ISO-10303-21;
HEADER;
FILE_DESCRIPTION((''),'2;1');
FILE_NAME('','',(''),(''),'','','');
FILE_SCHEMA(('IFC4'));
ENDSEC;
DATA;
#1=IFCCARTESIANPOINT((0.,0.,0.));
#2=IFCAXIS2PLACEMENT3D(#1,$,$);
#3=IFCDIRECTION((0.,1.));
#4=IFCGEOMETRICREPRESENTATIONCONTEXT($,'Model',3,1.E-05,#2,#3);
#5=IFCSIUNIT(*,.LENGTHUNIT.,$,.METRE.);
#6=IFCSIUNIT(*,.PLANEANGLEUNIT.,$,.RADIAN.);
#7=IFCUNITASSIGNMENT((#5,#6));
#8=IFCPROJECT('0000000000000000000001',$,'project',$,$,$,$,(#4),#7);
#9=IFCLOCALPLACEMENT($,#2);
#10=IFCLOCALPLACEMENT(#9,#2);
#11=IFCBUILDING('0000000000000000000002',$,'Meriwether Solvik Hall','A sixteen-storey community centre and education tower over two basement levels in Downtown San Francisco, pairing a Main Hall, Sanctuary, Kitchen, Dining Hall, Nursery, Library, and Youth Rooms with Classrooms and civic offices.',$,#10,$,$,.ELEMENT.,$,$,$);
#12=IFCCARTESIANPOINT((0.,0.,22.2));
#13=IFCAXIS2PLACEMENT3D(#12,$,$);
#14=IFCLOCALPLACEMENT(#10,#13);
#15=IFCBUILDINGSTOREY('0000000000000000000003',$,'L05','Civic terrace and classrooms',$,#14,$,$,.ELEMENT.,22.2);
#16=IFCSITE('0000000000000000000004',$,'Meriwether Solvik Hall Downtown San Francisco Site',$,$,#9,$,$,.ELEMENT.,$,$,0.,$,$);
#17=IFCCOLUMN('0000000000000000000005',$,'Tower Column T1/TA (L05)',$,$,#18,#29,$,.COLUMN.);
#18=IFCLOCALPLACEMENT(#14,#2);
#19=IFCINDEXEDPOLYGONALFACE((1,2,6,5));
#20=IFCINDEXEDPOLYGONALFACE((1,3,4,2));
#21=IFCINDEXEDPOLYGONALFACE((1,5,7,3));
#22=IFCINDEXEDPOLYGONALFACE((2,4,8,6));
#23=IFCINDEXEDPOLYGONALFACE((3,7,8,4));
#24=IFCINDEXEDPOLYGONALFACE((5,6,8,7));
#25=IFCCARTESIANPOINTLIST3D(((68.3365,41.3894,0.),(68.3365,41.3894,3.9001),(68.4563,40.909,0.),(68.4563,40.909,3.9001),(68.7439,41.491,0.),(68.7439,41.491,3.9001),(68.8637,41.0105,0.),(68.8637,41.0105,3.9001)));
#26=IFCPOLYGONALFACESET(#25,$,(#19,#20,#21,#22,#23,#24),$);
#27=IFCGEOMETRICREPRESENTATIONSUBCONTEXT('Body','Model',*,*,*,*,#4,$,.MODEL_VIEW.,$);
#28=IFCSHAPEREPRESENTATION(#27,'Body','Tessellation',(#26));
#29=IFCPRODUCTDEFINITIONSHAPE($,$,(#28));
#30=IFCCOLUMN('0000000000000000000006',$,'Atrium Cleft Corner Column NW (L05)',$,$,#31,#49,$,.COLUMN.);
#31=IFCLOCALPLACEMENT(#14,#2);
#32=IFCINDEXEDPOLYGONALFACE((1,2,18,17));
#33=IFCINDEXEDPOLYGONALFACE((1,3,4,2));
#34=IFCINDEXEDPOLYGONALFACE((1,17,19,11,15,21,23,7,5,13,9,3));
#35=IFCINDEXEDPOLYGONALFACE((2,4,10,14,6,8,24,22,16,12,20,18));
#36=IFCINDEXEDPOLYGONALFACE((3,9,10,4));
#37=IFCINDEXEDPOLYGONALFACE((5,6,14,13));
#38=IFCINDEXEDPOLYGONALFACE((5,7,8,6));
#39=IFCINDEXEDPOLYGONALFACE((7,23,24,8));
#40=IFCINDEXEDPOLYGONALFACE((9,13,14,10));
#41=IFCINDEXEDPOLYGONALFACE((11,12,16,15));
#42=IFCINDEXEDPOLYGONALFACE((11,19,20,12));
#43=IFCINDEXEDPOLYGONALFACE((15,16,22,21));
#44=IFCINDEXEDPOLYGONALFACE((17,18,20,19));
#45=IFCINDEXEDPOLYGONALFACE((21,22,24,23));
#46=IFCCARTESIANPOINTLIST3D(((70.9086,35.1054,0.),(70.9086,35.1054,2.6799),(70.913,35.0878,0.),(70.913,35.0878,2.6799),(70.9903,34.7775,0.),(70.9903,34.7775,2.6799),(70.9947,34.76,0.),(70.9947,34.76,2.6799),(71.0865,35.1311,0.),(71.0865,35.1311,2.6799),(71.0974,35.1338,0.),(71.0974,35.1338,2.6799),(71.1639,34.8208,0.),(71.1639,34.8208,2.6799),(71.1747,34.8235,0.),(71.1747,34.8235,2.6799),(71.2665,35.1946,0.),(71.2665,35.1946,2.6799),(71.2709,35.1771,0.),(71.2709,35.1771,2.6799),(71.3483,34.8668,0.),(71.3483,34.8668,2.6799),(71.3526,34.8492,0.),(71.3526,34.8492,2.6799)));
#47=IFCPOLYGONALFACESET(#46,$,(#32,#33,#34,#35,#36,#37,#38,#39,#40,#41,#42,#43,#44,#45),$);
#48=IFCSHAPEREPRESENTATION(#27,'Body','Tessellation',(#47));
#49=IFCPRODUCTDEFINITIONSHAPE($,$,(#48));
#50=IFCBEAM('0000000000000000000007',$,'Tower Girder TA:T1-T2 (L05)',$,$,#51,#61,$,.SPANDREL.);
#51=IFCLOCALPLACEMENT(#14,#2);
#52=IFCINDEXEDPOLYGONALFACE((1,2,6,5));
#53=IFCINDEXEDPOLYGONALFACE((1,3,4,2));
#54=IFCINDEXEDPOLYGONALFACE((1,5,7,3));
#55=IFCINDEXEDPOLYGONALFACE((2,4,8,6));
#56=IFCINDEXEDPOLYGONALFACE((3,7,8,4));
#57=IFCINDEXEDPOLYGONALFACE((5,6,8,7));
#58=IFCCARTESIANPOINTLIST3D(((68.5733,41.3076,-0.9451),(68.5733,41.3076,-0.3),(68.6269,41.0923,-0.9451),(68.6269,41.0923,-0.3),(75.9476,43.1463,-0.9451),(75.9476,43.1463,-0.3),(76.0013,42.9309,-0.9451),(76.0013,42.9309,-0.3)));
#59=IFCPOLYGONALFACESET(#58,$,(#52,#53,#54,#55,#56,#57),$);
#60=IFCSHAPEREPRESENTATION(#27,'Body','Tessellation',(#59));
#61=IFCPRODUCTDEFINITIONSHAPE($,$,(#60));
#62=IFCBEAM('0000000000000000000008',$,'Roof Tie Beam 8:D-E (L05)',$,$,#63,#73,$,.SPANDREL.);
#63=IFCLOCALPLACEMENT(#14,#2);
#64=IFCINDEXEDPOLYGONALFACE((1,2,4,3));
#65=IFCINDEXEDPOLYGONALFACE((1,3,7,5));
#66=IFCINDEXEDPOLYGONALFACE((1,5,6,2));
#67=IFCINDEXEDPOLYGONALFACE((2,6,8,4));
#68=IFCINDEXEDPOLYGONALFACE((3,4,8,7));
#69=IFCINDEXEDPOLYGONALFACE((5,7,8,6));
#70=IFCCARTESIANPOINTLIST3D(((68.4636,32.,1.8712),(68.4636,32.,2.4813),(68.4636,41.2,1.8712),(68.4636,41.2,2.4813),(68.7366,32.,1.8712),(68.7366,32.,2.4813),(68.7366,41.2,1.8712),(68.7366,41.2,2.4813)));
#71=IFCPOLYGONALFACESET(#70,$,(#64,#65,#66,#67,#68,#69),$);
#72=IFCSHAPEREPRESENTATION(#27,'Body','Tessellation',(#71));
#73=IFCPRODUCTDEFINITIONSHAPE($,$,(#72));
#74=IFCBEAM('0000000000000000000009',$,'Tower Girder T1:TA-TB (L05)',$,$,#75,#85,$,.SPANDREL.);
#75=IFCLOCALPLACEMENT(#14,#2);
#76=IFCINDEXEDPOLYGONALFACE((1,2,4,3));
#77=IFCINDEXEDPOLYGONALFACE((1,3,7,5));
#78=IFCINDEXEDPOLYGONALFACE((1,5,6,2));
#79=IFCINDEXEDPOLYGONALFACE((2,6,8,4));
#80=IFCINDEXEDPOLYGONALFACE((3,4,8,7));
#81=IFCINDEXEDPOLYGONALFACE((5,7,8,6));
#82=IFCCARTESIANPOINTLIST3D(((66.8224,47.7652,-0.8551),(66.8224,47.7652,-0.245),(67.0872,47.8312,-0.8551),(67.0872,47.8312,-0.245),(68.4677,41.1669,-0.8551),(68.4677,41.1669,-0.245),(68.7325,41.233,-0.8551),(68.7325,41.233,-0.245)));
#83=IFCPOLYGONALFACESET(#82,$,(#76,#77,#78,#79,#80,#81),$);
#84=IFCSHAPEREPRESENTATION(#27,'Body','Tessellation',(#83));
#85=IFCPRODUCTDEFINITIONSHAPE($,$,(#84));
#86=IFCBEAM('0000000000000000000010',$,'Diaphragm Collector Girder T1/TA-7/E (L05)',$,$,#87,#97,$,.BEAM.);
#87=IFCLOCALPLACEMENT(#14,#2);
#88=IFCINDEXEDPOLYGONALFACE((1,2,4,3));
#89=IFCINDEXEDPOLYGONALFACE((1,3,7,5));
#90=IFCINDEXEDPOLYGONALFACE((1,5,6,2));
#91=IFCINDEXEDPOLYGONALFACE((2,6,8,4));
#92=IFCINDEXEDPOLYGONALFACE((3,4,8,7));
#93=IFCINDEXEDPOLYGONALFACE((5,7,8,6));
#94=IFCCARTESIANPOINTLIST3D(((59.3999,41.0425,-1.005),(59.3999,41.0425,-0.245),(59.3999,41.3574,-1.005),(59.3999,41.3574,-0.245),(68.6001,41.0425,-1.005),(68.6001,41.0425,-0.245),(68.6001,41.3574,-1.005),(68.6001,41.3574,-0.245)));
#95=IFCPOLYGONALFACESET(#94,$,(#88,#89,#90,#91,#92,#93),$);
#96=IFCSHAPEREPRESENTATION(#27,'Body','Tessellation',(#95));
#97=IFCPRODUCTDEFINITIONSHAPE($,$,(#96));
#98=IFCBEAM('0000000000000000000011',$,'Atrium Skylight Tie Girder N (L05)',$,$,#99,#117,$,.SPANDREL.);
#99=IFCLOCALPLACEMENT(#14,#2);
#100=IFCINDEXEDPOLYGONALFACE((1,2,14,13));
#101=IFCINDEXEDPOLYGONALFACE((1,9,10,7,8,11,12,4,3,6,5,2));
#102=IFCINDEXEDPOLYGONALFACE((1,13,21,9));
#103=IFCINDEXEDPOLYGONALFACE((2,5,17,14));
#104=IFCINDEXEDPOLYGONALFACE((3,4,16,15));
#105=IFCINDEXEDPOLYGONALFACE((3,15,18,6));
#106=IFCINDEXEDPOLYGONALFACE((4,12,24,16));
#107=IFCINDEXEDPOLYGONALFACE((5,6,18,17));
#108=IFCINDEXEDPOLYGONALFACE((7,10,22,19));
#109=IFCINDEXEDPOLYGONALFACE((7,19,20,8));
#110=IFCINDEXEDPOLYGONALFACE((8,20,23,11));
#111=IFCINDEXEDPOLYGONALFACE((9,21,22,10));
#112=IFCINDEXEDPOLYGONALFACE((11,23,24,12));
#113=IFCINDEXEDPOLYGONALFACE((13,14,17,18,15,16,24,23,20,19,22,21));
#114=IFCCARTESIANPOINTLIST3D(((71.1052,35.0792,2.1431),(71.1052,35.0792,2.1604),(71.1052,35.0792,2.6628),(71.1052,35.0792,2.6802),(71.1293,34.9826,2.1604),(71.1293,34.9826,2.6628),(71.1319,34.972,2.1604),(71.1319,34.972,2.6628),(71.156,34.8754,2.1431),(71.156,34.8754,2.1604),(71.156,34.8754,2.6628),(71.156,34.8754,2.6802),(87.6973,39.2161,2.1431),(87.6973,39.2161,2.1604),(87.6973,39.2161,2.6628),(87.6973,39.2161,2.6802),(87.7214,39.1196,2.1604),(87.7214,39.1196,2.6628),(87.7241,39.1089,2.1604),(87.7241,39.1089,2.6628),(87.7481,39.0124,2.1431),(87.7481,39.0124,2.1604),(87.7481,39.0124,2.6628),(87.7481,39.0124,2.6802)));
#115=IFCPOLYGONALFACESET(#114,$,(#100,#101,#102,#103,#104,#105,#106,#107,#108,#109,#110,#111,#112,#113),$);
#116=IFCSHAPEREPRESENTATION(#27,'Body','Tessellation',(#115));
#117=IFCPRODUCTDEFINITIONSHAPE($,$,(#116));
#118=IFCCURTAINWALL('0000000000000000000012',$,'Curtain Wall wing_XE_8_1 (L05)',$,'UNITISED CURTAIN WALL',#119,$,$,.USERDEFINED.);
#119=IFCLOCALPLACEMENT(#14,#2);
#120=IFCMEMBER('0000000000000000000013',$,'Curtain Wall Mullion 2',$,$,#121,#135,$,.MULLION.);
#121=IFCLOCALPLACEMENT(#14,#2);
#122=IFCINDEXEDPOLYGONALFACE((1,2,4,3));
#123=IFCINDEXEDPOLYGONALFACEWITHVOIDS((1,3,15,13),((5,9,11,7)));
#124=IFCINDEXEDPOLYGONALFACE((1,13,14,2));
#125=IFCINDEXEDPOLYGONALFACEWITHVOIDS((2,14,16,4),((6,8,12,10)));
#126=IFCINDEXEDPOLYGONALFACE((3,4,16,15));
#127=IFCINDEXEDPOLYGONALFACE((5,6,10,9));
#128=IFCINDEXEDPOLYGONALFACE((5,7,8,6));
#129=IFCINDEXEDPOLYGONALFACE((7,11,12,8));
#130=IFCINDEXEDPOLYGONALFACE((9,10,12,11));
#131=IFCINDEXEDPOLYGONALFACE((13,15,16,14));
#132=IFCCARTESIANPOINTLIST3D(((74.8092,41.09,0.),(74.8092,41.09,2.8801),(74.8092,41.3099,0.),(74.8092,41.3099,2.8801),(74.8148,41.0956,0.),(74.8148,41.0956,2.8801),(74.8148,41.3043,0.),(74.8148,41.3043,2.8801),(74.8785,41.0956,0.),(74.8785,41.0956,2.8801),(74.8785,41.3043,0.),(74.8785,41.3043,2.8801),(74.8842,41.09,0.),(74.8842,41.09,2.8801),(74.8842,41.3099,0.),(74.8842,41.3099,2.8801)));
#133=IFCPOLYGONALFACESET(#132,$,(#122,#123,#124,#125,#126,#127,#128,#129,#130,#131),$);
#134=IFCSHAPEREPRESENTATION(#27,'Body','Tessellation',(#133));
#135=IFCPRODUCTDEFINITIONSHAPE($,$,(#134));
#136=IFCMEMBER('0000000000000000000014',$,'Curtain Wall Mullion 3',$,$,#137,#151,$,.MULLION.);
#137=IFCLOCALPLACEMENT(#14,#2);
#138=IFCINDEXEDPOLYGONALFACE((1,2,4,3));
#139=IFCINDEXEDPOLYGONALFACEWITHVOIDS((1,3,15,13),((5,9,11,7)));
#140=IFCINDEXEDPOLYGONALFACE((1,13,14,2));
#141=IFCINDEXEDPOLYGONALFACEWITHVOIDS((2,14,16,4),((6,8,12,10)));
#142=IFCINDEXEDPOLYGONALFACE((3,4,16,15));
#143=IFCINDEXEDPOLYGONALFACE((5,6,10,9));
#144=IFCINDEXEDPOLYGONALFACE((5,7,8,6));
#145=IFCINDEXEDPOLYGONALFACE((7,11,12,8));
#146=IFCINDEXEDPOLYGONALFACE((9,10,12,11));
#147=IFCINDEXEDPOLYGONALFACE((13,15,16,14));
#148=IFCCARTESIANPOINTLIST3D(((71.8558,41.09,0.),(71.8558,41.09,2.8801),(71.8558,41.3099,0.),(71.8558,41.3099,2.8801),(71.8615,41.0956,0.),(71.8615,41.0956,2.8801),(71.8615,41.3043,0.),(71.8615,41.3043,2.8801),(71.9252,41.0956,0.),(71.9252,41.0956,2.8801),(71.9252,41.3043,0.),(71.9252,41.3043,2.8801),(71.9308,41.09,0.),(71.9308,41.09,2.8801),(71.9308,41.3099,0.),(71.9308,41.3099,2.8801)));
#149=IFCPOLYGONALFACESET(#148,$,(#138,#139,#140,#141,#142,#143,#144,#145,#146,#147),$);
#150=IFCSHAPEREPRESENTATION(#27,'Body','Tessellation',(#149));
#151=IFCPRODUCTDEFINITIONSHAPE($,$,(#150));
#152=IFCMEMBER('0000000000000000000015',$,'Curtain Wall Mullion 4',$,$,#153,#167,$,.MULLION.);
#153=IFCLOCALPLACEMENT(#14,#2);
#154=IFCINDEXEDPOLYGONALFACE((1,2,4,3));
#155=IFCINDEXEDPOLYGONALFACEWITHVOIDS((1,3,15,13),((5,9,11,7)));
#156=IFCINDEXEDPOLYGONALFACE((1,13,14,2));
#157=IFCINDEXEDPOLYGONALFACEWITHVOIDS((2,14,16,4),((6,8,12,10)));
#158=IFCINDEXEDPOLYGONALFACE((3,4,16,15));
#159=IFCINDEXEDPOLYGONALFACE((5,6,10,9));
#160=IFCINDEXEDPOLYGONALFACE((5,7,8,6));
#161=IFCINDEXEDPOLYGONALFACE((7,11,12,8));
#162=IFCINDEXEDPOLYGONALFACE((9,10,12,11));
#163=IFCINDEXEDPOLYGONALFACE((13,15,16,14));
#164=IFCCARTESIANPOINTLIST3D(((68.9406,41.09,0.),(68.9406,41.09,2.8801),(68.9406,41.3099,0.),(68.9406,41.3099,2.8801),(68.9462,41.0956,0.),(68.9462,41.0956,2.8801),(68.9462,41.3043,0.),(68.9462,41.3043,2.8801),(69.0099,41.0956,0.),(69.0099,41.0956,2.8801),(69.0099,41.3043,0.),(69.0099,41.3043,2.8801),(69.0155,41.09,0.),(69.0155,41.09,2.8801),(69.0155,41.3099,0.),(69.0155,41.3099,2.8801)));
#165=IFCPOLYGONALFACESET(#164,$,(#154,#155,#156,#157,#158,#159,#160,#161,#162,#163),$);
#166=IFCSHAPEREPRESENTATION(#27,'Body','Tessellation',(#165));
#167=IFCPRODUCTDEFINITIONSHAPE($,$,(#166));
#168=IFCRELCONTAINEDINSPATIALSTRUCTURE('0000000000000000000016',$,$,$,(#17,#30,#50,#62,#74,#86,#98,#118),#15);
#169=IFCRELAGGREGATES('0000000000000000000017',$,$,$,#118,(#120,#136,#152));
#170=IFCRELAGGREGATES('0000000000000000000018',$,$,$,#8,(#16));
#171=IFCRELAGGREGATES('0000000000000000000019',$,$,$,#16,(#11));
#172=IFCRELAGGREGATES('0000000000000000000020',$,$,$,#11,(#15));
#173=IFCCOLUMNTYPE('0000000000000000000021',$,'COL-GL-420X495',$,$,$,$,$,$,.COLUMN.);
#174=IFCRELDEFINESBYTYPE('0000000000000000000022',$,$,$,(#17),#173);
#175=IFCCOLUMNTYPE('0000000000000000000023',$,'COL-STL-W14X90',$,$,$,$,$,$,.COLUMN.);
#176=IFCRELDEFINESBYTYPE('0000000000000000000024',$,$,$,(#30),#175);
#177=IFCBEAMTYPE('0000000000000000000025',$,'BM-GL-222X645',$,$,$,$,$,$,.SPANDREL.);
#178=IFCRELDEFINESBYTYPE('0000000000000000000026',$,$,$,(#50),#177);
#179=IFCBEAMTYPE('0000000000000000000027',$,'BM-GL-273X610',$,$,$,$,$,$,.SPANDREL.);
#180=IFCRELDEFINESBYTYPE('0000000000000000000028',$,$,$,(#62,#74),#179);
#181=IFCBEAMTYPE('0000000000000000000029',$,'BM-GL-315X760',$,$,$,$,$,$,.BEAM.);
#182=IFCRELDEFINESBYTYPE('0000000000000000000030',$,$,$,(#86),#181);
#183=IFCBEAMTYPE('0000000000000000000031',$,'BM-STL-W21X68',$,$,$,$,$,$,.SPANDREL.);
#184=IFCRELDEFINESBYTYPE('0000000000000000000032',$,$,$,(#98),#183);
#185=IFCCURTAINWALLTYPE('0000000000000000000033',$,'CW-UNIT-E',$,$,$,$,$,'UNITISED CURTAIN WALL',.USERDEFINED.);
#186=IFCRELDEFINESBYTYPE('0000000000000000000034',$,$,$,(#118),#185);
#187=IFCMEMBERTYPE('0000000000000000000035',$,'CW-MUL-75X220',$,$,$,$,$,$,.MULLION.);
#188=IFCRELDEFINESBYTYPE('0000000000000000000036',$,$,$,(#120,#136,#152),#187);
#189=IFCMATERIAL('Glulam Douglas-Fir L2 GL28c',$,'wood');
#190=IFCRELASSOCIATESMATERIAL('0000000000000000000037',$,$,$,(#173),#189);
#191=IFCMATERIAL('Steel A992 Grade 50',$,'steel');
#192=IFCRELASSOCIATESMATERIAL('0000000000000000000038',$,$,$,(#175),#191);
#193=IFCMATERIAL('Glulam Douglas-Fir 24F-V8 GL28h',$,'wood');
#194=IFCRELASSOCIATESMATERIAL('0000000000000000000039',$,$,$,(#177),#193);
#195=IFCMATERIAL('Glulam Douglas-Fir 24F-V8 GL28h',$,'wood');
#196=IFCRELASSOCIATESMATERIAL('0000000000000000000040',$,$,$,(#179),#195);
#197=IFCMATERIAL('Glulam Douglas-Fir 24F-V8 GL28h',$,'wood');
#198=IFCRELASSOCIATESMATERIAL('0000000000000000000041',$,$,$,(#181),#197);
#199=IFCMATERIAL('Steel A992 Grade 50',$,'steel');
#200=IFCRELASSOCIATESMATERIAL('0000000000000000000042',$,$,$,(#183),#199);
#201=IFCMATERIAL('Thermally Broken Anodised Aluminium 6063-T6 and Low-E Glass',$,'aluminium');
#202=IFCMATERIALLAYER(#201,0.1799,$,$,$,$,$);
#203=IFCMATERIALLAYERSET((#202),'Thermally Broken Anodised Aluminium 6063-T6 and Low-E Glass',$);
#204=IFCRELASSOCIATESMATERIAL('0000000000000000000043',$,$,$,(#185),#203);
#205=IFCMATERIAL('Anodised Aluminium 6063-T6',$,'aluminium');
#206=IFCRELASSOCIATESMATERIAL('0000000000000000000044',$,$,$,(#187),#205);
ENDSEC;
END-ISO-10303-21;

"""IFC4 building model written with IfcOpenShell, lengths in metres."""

from ifc_helpers import new_model, si_unit, direction, frame, origin, origin_2d, place, context, subcontext, project, spatial, rectangle, hollow_rectangle, i_section, extrude, material, layer, layer_set, material_profile, profile_set, type_object, element, aggregate, save


model = new_model("IFC4")

# Units and contexts
model_context = context("Model", 3, precision=1e-05, world=origin(), true_north=direction((0.0, 1.0)))
body_context = subcontext(model_context, "Body", "Model", "MODEL_VIEW")
ifc_project = project(units=[si_unit("LENGTHUNIT", "METRE"), si_unit("PLANEANGLEUNIT", "RADIAN")], contexts=[model_context])

# Site, building, storey
site_placement = place(None, origin())
site = spatial("IfcSite", under=ifc_project, at=site_placement, Name="Meriwether Solvik Hall Downtown San Francisco Site", CompositionType="ELEMENT", RefElevation=0.0)
building_placement = place(site_placement, origin())
building = spatial("IfcBuilding", under=site, at=building_placement, Name="Meriwether Solvik Hall", Description="A sixteen-storey community centre and education tower over two basement levels in Downtown San Francisco, pairing a Main Hall, Sanctuary, Kitchen, Dining Hall, Nursery, Library, and Youth Rooms with Classrooms and civic offices.", CompositionType="ELEMENT")
storey_placement = place(building_placement, frame((0.0, 0.0, 22.2)))
storey = spatial("IfcBuildingStorey", under=building, at=storey_placement, Name="L05", Description="Civic terrace and classrooms", CompositionType="ELEMENT", Elevation=22.2)

# Columns
ifc_material_1 = material(Name="Glulam Douglas-Fir L2 GL28c", Category="wood")
ifc_material_profile_1 = material_profile(ifc_material_1, rectangle(XDim=0.4199, YDim=0.4951, at=origin_2d()), Name="GLC-420X495")
ifc_profile_set_1 = profile_set([ifc_material_profile_1], Name="Glulam Douglas-Fir L2 GL28c")
column_type_1 = type_object("IfcColumnType", Name="COL-GL-420X495", PredefinedType="COLUMN", material=ifc_profile_set_1)
column_1_placement = place(storey_placement, frame((68.6001, 41.2, 0.0), z_axis=(0.0, 0.0, 1.0), x_axis=(0.970296, 0.241922, 0.0)))
element("IfcColumn", 1, at=column_1_placement, inside=storey, type_object=column_type_1, Name="Tower Column T1/TA (L05)", PredefinedType="COLUMN", context=body_context, shape_type="SweptSolid", body=[
    extrude(rectangle(XDim=0.4199, YDim=0.4951, at=origin_2d()), origin(), (0.0, 0.0, 1.0), 3.9001),
])
ifc_material_2 = material(Name="Steel A992 Grade 50", Category="steel")
ifc_material_profile_2 = material_profile(ifc_material_2, i_section(OverallWidth=0.3689, OverallDepth=0.356, WebThickness=0.0112, FlangeThickness=0.0181, at=origin_2d()), Name="W14X90")
ifc_profile_set_2 = profile_set([ifc_material_profile_2], Name="Steel A992 Grade 50")
column_type_2 = type_object("IfcColumnType", Name="COL-STL-W14X90", PredefinedType="COLUMN", material=ifc_profile_set_2)
column_2_placement = place(storey_placement, frame((71.1306, 34.9773, 0.0), z_axis=(0.0, 0.0, 1.0), x_axis=(0.970296, 0.241922, 0.0)))
element("IfcColumn", 2, at=column_2_placement, inside=storey, type_object=column_type_2, Name="Atrium Cleft Corner Column NW (L05)", PredefinedType="COLUMN", context=body_context, shape_type="SweptSolid", body=[
    extrude(i_section(OverallWidth=0.3689, OverallDepth=0.356, WebThickness=0.0112, FlangeThickness=0.0181, at=origin_2d()), origin(), (0.0, 0.0, 1.0), 2.6799),
])

# Beams
ifc_material_3 = material(Name="Glulam Douglas-Fir 24F-V8 GL28h", Category="wood")
ifc_material_profile_3 = material_profile(ifc_material_3, rectangle(XDim=0.2219, YDim=0.645, at=origin_2d()), Name="GLB-222X645")
ifc_profile_set_3 = profile_set([ifc_material_profile_3], Name="Glulam Douglas-Fir 24F-V8 GL28h")
beam_type_1 = type_object("IfcBeamType", Name="BM-GL-222X645", PredefinedType="SPANDREL", material=ifc_profile_set_3)
beam_1_placement = place(storey_placement, frame((68.6001, 41.2, -0.6226), z_axis=(0.970295, 0.241923, 0.0), x_axis=(-0.241923, 0.970295, 0.0)))
element("IfcBeam", 3, at=beam_1_placement, inside=storey, type_object=beam_type_1, Name="Tower Girder TA:T1-T2 (L05)", PredefinedType="SPANDREL", context=body_context, shape_type="SweptSolid", body=[
    extrude(rectangle(XDim=0.2219, YDim=0.645, at=origin_2d()), origin(), (0.0, 0.0, 1.0), 7.6001),
])
ifc_material_4 = material(Name="Glulam Douglas-Fir 24F-V8 GL28h", Category="wood")
ifc_material_profile_4 = material_profile(ifc_material_4, rectangle(XDim=0.2729, YDim=0.6101, at=origin_2d()), Name="GLB-273X610")
ifc_profile_set_4 = profile_set([ifc_material_profile_4], Name="Glulam Douglas-Fir 24F-V8 GL28h")
beam_type_2 = type_object("IfcBeamType", Name="BM-GL-273X610", PredefinedType="SPANDREL", material=ifc_profile_set_4)
beam_2_placement = place(storey_placement, frame((68.6001, 32.0, 2.1763), z_axis=(0.0, 1.0, 0.0), x_axis=(-1.0, 0.0, 0.0)))
element("IfcBeam", 4, at=beam_2_placement, inside=storey, type_object=beam_type_2, Name="Roof Tie Beam 8:D-E (L05)", PredefinedType="SPANDREL", context=body_context, shape_type="SweptSolid", body=[
    extrude(rectangle(XDim=0.2729, YDim=0.6101, at=origin_2d()), origin(), (0.0, 0.0, 1.0), 9.2),
])
beam_3_placement = place(storey_placement, frame((68.6001, 41.2, -0.55), z_axis=(-0.241944, 0.97029, 0.0), x_axis=(-0.97029, -0.241944, 0.0)))
element("IfcBeam", 5, at=beam_3_placement, inside=storey, type_object=beam_type_2, Name="Tower Girder T1:TA-TB (L05)", PredefinedType="SPANDREL", context=body_context, shape_type="SweptSolid", body=[
    extrude(rectangle(XDim=0.2729, YDim=0.6101, at=origin_2d()), origin(), (0.0, 0.0, 1.0), 6.8003),
])
ifc_material_5 = material(Name="Glulam Douglas-Fir 24F-V8 GL28h", Category="wood")
ifc_material_profile_5 = material_profile(ifc_material_5, rectangle(XDim=0.3149, YDim=0.76, at=origin_2d()), Name="GLB-315X760")
ifc_profile_set_5 = profile_set([ifc_material_profile_5], Name="Glulam Douglas-Fir 24F-V8 GL28h")
beam_type_3 = type_object("IfcBeamType", Name="BM-GL-315X760", PredefinedType="BEAM", material=ifc_profile_set_5)
beam_4_placement = place(storey_placement, frame((68.6001, 41.2, -0.625), z_axis=(-1.0, 0.0, 0.0), x_axis=(0.0, -1.0, 0.0)))
element("IfcBeam", 6, at=beam_4_placement, inside=storey, type_object=beam_type_3, Name="Diaphragm Collector Girder T1/TA-7/E (L05)", PredefinedType="BEAM", context=body_context, shape_type="SweptSolid", body=[
    extrude(rectangle(XDim=0.3149, YDim=0.76, at=origin_2d()), origin(), (0.0, 0.0, 1.0), 9.2002),
])
ifc_material_6 = material(Name="Steel A992 Grade 50", Category="steel")
ifc_material_profile_6 = material_profile(ifc_material_6, i_section(OverallWidth=0.21, OverallDepth=0.5371, WebThickness=0.011, FlangeThickness=0.0173, at=origin_2d()), Name="W21X68")
ifc_profile_set_6 = profile_set([ifc_material_profile_6], Name="Steel A992 Grade 50")
beam_type_4 = type_object("IfcBeamType", Name="BM-STL-W21X68", PredefinedType="SPANDREL", material=ifc_profile_set_6)
beam_5_placement = place(storey_placement, frame((71.1306, 34.9773, 2.4116), z_axis=(0.970294, 0.241928, 0.0), x_axis=(-0.241928, 0.970294, 0.0)))
element("IfcBeam", 7, at=beam_5_placement, inside=storey, type_object=beam_type_4, Name="Atrium Skylight Tie Girder N (L05)", PredefinedType="SPANDREL", context=body_context, shape_type="SweptSolid", body=[
    extrude(i_section(OverallWidth=0.21, OverallDepth=0.5371, WebThickness=0.011, FlangeThickness=0.0173, at=origin_2d()), origin(), (0.0, 0.0, 1.0), 17.1001),
])

# Curtain wall, members
ifc_material_7 = material(Name="Thermally Broken Anodised Aluminium 6063-T6 and Low-E Glass", Category="aluminium")
ifc_layer_1 = layer(ifc_material_7, 0.1799)
ifc_layer_set_1 = layer_set([ifc_layer_1], Name="Thermally Broken Anodised Aluminium 6063-T6 and Low-E Glass")
curtain_wall_type = type_object("IfcCurtainWallType", Name="CW-UNIT-E", ElementType="UNITISED CURTAIN WALL", PredefinedType="USERDEFINED", material=ifc_layer_set_1)
curtain_wall_placement = place(storey_placement, origin())
curtain_wall = element("IfcCurtainWall", 8, at=curtain_wall_placement, inside=storey, type_object=curtain_wall_type, Name="Curtain Wall wing_XE_8_1 (L05)", ObjectType="UNITISED CURTAIN WALL", PredefinedType="USERDEFINED")
ifc_material_8 = material(Name="Anodised Aluminium 6063-T6", Category="aluminium")
ifc_material_profile_7 = material_profile(ifc_material_8, hollow_rectangle(XDim=0.075, YDim=0.22, WallThickness=0.0056, at=origin_2d()), Name="CWM-75X220")
ifc_profile_set_7 = profile_set([ifc_material_profile_7], Name="Anodised Aluminium 6063-T6")
member_type_1 = type_object("IfcMemberType", Name="CW-MUL-75X220", PredefinedType="MULLION", material=ifc_profile_set_7)
member_1_placement = place(storey_placement, frame((74.8467, 41.2, 0.0), z_axis=(0.0, 0.0, 1.0), x_axis=(-1.0, 0.0, 0.0)))
member_1 = element("IfcMember", 9, at=member_1_placement, type_object=member_type_1, Name="Curtain Wall Mullion 2", PredefinedType="MULLION", context=body_context, shape_type="SweptSolid", body=[
    extrude(hollow_rectangle(XDim=0.075, YDim=0.22, WallThickness=0.0056, at=origin_2d()), origin(), (0.0, 0.0, 1.0), 2.8801),
])
member_2_placement = place(storey_placement, frame((71.8933, 41.2, 0.0), z_axis=(0.0, 0.0, 1.0), x_axis=(-1.0, 0.0, 0.0)))
member_2 = element("IfcMember", 10, at=member_2_placement, type_object=member_type_1, Name="Curtain Wall Mullion 3", PredefinedType="MULLION", context=body_context, shape_type="SweptSolid", body=[
    extrude(hollow_rectangle(XDim=0.075, YDim=0.22, WallThickness=0.0056, at=origin_2d()), origin(), (0.0, 0.0, 1.0), 2.8801),
])
member_3_placement = place(storey_placement, frame((68.978, 41.2, 0.0), z_axis=(0.0, 0.0, 1.0), x_axis=(-1.0, 0.0, 0.0)))
member_3 = element("IfcMember", 11, at=member_3_placement, type_object=member_type_1, Name="Curtain Wall Mullion 4", PredefinedType="MULLION", context=body_context, shape_type="SweptSolid", body=[
    extrude(hollow_rectangle(XDim=0.075, YDim=0.22, WallThickness=0.0056, at=origin_2d()), origin(), (0.0, 0.0, 1.0), 2.8801),
])
aggregate(curtain_wall, [member_1, member_2, member_3])

save(model, "model.ifc")
